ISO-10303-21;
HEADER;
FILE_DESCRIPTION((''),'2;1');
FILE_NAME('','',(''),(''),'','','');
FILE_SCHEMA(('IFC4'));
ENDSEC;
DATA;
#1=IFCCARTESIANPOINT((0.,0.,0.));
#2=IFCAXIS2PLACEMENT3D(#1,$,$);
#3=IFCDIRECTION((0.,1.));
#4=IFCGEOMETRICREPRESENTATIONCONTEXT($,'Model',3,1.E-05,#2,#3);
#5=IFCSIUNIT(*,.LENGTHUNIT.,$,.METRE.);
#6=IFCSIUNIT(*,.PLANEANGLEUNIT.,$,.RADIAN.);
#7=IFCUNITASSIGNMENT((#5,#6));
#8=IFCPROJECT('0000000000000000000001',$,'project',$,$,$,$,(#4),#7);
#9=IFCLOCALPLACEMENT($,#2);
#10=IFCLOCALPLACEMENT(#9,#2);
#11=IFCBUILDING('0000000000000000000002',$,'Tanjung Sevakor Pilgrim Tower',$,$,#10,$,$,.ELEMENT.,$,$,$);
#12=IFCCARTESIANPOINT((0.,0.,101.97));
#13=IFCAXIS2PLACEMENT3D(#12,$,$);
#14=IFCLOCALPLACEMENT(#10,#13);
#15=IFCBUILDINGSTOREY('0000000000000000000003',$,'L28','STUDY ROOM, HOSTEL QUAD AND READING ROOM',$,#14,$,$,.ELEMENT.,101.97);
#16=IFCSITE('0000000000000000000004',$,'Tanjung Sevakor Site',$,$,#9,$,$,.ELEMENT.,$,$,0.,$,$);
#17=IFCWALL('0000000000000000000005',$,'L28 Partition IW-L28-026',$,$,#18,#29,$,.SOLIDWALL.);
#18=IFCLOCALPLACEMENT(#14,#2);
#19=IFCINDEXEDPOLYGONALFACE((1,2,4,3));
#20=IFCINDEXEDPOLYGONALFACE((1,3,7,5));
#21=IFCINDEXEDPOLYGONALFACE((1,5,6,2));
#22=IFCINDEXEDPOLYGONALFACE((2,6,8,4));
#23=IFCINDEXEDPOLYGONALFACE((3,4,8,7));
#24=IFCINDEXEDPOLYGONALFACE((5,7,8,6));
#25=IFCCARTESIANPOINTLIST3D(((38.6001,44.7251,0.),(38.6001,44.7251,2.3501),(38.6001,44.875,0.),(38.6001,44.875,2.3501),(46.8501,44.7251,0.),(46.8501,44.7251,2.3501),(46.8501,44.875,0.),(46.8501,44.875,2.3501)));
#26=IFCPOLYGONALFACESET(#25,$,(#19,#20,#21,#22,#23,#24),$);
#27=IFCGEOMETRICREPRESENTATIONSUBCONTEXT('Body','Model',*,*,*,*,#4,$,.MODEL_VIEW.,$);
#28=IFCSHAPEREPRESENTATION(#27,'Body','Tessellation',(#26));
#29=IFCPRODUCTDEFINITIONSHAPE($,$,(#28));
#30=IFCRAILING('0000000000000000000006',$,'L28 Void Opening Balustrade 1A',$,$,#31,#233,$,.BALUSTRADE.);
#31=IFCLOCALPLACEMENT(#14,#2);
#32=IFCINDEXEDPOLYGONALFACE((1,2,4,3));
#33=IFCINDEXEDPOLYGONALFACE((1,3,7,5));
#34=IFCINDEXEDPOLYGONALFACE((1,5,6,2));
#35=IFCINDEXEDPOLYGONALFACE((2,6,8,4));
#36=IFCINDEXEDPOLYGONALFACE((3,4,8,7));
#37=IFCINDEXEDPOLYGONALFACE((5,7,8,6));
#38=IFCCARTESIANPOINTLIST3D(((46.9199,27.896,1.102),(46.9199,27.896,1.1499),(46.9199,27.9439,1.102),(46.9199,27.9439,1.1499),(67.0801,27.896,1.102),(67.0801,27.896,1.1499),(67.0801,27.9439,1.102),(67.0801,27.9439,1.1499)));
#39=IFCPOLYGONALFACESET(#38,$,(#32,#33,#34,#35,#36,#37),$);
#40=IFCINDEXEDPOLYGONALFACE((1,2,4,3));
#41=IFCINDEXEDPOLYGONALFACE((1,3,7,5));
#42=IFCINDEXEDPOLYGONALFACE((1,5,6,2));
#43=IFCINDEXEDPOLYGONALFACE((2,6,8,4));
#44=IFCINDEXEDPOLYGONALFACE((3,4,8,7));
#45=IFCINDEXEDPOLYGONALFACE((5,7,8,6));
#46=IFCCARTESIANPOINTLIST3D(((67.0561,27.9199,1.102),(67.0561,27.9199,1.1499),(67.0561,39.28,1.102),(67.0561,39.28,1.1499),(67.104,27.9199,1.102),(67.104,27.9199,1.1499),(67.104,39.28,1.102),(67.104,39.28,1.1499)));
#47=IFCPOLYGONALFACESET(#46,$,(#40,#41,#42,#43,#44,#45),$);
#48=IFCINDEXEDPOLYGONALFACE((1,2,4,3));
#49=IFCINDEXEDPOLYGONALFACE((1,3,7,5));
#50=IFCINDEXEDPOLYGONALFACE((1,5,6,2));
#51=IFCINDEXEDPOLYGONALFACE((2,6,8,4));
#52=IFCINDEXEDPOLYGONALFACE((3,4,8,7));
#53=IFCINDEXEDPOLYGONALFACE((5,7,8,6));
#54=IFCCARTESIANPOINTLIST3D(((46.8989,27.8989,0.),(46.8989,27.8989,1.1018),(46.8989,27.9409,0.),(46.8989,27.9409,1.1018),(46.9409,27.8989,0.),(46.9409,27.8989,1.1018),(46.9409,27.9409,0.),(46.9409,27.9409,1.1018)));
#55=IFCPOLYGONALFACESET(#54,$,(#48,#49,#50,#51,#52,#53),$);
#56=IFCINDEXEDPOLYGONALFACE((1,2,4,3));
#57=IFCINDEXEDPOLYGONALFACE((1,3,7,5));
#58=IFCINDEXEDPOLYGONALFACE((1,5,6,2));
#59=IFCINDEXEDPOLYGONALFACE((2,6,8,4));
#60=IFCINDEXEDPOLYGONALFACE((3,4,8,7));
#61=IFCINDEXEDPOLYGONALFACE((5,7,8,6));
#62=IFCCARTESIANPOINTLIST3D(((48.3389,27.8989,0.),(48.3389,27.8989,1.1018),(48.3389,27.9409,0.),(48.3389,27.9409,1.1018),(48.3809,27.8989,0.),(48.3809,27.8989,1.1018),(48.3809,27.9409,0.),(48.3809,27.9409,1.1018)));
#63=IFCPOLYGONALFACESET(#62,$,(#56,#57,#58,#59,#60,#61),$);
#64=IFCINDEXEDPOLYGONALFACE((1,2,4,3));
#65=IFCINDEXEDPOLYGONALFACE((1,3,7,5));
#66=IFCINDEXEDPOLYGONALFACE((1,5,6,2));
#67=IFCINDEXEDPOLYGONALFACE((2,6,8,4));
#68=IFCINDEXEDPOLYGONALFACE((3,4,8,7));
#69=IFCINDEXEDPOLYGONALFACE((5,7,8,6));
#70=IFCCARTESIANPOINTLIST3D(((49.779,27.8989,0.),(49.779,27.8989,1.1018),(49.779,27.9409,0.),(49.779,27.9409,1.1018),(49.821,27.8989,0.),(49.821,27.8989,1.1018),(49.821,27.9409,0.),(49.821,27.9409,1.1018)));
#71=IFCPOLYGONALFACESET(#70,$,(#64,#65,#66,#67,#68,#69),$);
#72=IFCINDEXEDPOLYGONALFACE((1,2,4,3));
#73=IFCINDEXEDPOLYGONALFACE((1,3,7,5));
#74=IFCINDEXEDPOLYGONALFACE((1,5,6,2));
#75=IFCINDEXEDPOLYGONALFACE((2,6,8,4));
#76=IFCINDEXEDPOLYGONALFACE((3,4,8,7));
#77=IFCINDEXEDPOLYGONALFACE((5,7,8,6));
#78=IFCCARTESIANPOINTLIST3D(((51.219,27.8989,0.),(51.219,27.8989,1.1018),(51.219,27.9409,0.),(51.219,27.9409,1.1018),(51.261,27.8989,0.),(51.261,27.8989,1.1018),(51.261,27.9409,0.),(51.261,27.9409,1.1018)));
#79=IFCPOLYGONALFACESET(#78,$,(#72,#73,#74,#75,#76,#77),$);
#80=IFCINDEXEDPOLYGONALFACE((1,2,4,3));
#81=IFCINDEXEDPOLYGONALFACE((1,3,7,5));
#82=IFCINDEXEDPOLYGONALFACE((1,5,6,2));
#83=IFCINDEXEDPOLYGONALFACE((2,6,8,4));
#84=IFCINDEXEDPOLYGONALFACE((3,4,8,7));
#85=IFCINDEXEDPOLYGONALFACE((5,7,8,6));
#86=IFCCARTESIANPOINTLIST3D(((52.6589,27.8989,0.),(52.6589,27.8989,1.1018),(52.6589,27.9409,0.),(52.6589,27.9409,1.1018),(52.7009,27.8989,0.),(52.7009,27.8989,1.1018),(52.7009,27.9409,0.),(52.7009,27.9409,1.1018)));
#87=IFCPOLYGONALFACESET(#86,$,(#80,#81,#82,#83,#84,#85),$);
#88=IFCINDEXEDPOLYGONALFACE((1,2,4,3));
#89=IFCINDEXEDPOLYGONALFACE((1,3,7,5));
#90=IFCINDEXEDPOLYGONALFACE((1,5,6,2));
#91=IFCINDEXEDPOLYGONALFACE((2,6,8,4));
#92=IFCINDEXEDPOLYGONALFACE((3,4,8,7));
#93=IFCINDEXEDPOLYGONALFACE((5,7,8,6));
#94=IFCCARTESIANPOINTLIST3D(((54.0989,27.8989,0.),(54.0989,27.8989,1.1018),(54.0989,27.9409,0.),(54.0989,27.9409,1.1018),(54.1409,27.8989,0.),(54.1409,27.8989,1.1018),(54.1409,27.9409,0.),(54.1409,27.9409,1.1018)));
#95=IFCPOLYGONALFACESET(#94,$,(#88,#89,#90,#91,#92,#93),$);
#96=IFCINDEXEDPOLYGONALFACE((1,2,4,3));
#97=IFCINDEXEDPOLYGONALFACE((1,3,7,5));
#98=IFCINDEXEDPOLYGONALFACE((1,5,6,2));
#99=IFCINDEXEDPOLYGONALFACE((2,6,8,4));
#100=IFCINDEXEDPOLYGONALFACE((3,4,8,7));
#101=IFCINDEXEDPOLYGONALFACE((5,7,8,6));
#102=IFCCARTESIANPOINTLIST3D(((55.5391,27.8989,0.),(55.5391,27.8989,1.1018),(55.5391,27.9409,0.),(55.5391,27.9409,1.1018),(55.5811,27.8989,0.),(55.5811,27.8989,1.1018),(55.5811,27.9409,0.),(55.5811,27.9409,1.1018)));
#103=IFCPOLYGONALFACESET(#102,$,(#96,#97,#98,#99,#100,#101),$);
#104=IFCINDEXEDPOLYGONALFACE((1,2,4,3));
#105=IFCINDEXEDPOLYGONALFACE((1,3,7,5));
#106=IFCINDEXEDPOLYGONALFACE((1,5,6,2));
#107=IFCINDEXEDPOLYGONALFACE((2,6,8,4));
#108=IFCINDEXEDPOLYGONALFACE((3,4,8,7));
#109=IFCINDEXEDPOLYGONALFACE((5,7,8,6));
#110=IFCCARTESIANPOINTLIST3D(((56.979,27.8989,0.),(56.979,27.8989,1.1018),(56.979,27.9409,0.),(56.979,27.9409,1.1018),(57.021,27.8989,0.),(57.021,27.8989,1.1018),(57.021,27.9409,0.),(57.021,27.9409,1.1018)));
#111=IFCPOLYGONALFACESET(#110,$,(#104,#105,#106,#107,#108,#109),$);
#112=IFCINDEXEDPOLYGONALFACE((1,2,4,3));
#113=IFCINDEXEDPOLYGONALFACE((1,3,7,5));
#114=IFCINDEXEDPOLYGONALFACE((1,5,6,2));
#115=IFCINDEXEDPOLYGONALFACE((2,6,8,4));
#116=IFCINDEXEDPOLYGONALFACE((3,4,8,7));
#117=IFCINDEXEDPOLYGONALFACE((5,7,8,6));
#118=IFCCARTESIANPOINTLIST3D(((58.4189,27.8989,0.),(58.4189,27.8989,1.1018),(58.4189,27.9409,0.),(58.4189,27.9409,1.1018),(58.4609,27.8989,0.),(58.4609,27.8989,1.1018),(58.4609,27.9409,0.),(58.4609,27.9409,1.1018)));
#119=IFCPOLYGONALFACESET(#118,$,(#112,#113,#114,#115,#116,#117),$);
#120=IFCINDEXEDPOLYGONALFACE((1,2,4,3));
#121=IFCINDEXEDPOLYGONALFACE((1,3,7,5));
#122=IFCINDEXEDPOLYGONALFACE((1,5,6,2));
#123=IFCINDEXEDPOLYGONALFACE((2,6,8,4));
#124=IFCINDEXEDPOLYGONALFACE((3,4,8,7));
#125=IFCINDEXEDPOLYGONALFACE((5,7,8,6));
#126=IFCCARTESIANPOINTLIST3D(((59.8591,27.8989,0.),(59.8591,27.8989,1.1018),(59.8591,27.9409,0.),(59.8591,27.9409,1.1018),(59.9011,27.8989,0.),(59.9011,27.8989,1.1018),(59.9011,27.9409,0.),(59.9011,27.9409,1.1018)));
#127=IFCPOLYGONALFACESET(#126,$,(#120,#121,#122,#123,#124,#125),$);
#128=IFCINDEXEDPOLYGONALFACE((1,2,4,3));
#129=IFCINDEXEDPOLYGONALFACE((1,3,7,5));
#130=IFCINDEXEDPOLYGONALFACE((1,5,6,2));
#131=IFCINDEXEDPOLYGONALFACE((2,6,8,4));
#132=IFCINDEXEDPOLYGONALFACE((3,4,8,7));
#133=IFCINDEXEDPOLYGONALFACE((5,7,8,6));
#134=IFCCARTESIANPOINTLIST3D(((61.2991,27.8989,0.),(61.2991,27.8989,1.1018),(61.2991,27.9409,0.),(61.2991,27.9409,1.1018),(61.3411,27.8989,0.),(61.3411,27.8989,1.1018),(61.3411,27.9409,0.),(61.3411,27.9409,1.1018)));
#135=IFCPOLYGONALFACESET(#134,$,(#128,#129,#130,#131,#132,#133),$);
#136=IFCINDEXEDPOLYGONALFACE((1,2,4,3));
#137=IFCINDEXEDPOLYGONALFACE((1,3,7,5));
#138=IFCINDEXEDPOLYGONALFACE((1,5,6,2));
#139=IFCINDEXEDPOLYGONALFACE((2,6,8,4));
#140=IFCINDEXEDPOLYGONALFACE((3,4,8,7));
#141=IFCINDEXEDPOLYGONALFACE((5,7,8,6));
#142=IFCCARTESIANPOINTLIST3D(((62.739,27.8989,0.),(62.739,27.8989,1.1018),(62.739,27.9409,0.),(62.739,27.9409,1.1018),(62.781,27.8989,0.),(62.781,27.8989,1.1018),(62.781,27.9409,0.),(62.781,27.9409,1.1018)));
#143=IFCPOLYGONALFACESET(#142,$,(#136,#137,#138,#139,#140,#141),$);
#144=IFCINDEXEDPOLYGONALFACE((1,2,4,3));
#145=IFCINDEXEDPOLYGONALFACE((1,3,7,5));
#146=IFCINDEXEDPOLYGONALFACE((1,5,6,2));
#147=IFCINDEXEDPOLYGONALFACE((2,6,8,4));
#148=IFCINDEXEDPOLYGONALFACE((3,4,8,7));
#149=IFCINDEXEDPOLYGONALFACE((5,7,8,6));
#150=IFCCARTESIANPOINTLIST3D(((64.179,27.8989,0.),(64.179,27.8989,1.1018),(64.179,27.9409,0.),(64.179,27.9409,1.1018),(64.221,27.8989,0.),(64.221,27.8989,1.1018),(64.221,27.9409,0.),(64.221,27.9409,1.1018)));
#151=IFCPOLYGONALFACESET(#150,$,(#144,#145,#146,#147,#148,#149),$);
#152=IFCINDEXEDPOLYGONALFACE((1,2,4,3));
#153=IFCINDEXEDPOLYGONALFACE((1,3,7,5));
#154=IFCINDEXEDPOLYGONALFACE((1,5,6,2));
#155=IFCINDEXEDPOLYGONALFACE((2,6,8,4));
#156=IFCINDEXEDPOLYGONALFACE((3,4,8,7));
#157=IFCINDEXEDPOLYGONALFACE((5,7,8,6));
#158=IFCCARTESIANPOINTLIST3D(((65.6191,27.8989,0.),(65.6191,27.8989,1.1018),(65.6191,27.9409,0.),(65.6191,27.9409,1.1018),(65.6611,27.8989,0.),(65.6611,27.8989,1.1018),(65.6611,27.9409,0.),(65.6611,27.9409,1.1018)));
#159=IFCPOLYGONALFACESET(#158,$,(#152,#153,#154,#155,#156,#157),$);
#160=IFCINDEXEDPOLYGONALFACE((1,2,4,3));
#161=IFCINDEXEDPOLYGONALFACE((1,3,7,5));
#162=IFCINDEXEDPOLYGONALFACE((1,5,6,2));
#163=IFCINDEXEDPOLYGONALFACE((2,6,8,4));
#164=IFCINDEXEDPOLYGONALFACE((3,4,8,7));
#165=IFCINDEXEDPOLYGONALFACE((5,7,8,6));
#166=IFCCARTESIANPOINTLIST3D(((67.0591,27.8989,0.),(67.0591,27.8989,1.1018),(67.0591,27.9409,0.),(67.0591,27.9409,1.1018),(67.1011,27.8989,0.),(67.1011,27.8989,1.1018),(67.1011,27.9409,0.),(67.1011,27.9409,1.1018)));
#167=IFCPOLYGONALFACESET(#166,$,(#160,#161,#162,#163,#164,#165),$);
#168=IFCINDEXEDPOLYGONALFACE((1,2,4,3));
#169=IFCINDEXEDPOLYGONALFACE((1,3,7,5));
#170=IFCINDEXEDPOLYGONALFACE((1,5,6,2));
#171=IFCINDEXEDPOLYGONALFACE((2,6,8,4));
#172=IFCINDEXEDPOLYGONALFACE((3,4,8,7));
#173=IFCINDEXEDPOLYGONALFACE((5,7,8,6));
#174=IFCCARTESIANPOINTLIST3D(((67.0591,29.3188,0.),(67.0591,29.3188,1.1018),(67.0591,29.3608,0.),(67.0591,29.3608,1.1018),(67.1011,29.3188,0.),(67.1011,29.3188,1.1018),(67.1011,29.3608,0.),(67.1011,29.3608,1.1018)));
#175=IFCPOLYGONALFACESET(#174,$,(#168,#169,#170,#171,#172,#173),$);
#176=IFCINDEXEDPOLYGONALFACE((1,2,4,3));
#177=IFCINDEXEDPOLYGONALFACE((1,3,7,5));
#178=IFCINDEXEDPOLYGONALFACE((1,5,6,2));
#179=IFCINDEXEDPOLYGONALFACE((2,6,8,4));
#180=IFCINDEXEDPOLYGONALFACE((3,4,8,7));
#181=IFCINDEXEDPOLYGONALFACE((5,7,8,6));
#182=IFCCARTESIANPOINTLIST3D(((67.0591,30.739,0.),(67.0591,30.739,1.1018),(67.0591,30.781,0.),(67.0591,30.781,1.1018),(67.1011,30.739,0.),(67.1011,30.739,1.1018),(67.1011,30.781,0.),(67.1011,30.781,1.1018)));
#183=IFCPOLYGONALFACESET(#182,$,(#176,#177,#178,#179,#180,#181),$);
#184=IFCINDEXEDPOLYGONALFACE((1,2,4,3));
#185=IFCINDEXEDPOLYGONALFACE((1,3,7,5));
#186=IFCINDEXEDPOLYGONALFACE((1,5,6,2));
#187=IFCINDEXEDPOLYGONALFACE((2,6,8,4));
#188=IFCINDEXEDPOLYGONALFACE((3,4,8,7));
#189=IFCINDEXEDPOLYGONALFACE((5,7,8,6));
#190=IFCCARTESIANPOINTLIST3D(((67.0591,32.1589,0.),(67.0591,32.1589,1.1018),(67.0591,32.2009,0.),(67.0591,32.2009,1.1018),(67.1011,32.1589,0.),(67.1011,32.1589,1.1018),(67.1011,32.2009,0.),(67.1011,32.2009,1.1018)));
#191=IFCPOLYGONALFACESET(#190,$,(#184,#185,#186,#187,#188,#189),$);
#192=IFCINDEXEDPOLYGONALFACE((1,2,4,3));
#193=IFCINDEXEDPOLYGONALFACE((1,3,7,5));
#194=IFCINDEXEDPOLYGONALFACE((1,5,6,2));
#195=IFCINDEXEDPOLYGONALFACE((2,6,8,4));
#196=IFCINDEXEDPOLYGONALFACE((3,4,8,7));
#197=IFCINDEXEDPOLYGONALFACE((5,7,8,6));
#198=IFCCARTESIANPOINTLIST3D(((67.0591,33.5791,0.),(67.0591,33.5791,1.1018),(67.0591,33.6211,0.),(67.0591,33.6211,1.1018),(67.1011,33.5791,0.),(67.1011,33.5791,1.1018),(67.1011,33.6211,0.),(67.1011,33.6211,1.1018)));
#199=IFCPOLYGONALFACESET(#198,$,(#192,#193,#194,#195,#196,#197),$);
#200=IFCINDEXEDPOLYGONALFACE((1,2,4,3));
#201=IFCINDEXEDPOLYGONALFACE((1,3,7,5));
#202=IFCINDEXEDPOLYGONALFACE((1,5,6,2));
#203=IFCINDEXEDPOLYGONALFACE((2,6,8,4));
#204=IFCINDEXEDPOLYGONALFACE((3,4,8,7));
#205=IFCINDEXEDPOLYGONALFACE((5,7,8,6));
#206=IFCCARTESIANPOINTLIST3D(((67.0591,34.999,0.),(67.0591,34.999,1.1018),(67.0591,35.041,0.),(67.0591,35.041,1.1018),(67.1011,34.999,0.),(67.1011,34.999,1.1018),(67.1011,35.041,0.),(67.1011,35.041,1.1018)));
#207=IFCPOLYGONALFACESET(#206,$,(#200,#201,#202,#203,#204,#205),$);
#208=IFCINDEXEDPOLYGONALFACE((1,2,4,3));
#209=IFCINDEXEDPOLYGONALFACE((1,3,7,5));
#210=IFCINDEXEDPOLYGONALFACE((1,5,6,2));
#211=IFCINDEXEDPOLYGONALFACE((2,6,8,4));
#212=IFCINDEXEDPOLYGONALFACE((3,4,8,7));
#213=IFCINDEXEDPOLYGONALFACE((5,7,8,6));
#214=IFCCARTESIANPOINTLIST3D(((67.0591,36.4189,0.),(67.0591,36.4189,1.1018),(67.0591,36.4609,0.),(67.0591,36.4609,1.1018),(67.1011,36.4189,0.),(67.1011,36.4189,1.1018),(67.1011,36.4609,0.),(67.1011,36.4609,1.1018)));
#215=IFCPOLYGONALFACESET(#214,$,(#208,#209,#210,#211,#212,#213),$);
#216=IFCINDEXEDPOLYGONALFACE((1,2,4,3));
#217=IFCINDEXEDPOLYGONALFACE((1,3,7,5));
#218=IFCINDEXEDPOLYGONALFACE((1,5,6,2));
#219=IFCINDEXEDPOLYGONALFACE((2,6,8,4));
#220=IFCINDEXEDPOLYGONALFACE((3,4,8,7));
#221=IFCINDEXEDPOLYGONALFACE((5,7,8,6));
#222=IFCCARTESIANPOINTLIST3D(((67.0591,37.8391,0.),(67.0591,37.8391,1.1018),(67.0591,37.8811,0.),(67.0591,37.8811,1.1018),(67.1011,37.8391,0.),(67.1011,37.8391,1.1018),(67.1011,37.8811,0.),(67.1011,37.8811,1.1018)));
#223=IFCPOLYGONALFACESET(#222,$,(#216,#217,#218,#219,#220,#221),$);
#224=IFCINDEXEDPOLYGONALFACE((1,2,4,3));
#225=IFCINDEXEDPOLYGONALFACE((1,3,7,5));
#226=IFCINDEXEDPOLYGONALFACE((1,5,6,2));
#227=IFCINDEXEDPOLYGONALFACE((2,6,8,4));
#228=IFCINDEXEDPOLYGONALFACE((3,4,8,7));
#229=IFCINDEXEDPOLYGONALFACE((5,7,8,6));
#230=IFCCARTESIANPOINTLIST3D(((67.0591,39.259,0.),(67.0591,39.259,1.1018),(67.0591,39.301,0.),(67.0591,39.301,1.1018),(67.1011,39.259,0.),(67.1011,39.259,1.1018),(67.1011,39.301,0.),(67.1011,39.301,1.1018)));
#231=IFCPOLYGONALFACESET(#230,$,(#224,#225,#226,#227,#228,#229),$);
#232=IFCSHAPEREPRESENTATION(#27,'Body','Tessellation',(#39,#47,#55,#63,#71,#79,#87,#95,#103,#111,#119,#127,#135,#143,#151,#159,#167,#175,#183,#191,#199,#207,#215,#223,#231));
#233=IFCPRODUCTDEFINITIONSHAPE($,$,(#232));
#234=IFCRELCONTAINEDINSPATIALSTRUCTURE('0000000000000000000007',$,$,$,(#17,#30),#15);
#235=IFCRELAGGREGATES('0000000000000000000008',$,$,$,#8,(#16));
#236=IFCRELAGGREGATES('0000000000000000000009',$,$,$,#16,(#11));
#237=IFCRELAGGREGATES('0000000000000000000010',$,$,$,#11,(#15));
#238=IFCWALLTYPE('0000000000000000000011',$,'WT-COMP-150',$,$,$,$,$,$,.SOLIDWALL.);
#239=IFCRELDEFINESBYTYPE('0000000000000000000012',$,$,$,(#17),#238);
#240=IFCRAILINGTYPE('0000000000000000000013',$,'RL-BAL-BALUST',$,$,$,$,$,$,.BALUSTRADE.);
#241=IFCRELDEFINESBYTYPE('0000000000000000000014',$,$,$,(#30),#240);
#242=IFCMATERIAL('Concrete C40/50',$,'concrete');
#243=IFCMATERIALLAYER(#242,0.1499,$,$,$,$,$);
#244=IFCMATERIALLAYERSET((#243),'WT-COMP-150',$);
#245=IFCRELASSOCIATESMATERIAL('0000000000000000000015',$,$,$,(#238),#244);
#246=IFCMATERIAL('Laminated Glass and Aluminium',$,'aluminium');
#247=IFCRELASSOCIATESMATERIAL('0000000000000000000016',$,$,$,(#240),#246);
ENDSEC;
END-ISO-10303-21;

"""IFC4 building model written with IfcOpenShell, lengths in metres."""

from ifc_helpers import new_model, si_unit, direction, frame, frame_2d, origin, place, context, subcontext, project, spatial, rectangle, extrude, material, layer, layer_set, type_object, element, save


model = new_model("IFC4")

# Units and contexts
model_context = context("Model", 3, precision=1e-05, world=origin(), true_north=direction((0.0, 1.0)))
body_context = subcontext(model_context, "Body", "Model", "MODEL_VIEW")
ifc_project = project(units=[si_unit("LENGTHUNIT", "METRE"), si_unit("PLANEANGLEUNIT", "RADIAN")], contexts=[model_context])

# Site, building, storey
site_placement = place(None, origin())
site = spatial("IfcSite", under=ifc_project, at=site_placement, Name="Tanjung Sevakor Site", CompositionType="ELEMENT", RefElevation=0.0)
building_placement = place(site_placement, origin())
building = spatial("IfcBuilding", under=site, at=building_placement, Name="Tanjung Sevakor Pilgrim Tower", CompositionType="ELEMENT")
storey_placement = place(building_placement, frame((0.0, 0.0, 101.97)))
storey = spatial("IfcBuildingStorey", under=building, at=storey_placement, Name="L28", Description="STUDY ROOM, HOSTEL QUAD AND READING ROOM", CompositionType="ELEMENT", Elevation=101.97)

# Wall
ifc_material_1 = material(Name="Concrete C40/50", Category="concrete")
ifc_layer_1 = layer(ifc_material_1, 0.1499)
ifc_layer_set_1 = layer_set([ifc_layer_1], Name="WT-COMP-150")
wall_type_1 = type_object("IfcWallType", Name="WT-COMP-150", PredefinedType="SOLIDWALL", material=ifc_layer_set_1)
wall_1_placement = place(storey_placement, frame((38.6001, 44.8, 0.0), z_axis=(0.0, 0.0, 1.0), x_axis=(1.0, 0.0, 0.0)))
element("IfcWall", 1, at=wall_1_placement, inside=storey, type_object=wall_type_1, Name="L28 Partition IW-L28-026", PredefinedType="SOLIDWALL", context=body_context, shape_type="SweptSolid", body=[
    extrude(rectangle(XDim=8.25, YDim=0.1499, at=frame_2d((4.125, 0.0))), origin(), (0.0, 0.0, 1.0), 2.3501),
])

# Railing
ifc_material_2 = material(Name="Laminated Glass and Aluminium", Category="aluminium")
railing_type = type_object("IfcRailingType", Name="RL-BAL-BALUST", PredefinedType="BALUSTRADE", material=ifc_material_2)
railing_placement = place(storey_placement, frame((46.9199, 27.9199, 0.0)))
element("IfcRailing", 2, at=railing_placement, inside=storey, type_object=railing_type, Name="L28 Void Opening Balustrade 1A", PredefinedType="BALUSTRADE", context=body_context, shape_type="SweptSolid", body=[
    extrude(rectangle(XDim=0.0479, YDim=0.0479), frame((0.0, 0.0, 1.126), z_axis=(1.0, 0.0, 0.0), x_axis=(0.0, 1.0, 0.0)), (0.0, 0.0, 1.0), 20.1602),
    extrude(rectangle(XDim=0.0479, YDim=0.0479), frame((20.1602, 0.0, 1.126), z_axis=(0.0, 1.0, 0.0), x_axis=(-1.0, 0.0, 0.0)), (0.0, 0.0, 1.0), 11.3601),
    extrude(rectangle(XDim=0.042, YDim=0.042), origin(), (0.0, 0.0, 1.0), 1.1018),
    extrude(rectangle(XDim=0.042, YDim=0.042), frame((1.4399, 0.0, 0.0)), (0.0, 0.0, 1.0), 1.1018),
    extrude(rectangle(XDim=0.042, YDim=0.042), frame((2.8801, 0.0, 0.0)), (0.0, 0.0, 1.0), 1.1018),
    extrude(rectangle(XDim=0.042, YDim=0.042), frame((4.3201, 0.0, 0.0)), (0.0, 0.0, 1.0), 1.1018),
    extrude(rectangle(XDim=0.042, YDim=0.042), frame((5.76, 0.0, 0.0)), (0.0, 0.0, 1.0), 1.1018),
    extrude(rectangle(XDim=0.042, YDim=0.042), frame((7.2, 0.0, 0.0)), (0.0, 0.0, 1.0), 1.1018),
    extrude(rectangle(XDim=0.042, YDim=0.042), frame((8.6401, 0.0, 0.0)), (0.0, 0.0, 1.0), 1.1018),
    extrude(rectangle(XDim=0.042, YDim=0.042), frame((10.0801, 0.0, 0.0)), (0.0, 0.0, 1.0), 1.1018),
    extrude(rectangle(XDim=0.042, YDim=0.042), frame((11.52, 0.0, 0.0)), (0.0, 0.0, 1.0), 1.1018),
    extrude(rectangle(XDim=0.042, YDim=0.042), frame((12.9602, 0.0, 0.0)), (0.0, 0.0, 1.0), 1.1018),
    extrude(rectangle(XDim=0.042, YDim=0.042), frame((14.4001, 0.0, 0.0)), (0.0, 0.0, 1.0), 1.1018),
    extrude(rectangle(XDim=0.042, YDim=0.042), frame((15.8401, 0.0, 0.0)), (0.0, 0.0, 1.0), 1.1018),
    extrude(rectangle(XDim=0.042, YDim=0.042), frame((17.28, 0.0, 0.0)), (0.0, 0.0, 1.0), 1.1018),
    extrude(rectangle(XDim=0.042, YDim=0.042), frame((18.7202, 0.0, 0.0)), (0.0, 0.0, 1.0), 1.1018),
    extrude(rectangle(XDim=0.042, YDim=0.042), frame((20.1602, 0.0, 0.0)), (0.0, 0.0, 1.0), 1.1018),
    extrude(rectangle(XDim=0.042, YDim=0.042), frame((20.1602, 1.4199, 0.0)), (0.0, 0.0, 1.0), 1.1018),
    extrude(rectangle(XDim=0.042, YDim=0.042), frame((20.1602, 2.8401, 0.0)), (0.0, 0.0, 1.0), 1.1018),
    extrude(rectangle(XDim=0.042, YDim=0.042), frame((20.1602, 4.26, 0.0)), (0.0, 0.0, 1.0), 1.1018),
    extrude(rectangle(XDim=0.042, YDim=0.042), frame((20.1602, 5.6802, 0.0)), (0.0, 0.0, 1.0), 1.1018),
    extrude(rectangle(XDim=0.042, YDim=0.042), frame((20.1602, 7.1001, 0.0)), (0.0, 0.0, 1.0), 1.1018),
    extrude(rectangle(XDim=0.042, YDim=0.042), frame((20.1602, 8.52, 0.0)), (0.0, 0.0, 1.0), 1.1018),
    extrude(rectangle(XDim=0.042, YDim=0.042), frame((20.1602, 9.9402, 0.0)), (0.0, 0.0, 1.0), 1.1018),
    extrude(rectangle(XDim=0.042, YDim=0.042), frame((20.1602, 11.3601, 0.0)), (0.0, 0.0, 1.0), 1.1018),
])

save(model, "model.ifc")
